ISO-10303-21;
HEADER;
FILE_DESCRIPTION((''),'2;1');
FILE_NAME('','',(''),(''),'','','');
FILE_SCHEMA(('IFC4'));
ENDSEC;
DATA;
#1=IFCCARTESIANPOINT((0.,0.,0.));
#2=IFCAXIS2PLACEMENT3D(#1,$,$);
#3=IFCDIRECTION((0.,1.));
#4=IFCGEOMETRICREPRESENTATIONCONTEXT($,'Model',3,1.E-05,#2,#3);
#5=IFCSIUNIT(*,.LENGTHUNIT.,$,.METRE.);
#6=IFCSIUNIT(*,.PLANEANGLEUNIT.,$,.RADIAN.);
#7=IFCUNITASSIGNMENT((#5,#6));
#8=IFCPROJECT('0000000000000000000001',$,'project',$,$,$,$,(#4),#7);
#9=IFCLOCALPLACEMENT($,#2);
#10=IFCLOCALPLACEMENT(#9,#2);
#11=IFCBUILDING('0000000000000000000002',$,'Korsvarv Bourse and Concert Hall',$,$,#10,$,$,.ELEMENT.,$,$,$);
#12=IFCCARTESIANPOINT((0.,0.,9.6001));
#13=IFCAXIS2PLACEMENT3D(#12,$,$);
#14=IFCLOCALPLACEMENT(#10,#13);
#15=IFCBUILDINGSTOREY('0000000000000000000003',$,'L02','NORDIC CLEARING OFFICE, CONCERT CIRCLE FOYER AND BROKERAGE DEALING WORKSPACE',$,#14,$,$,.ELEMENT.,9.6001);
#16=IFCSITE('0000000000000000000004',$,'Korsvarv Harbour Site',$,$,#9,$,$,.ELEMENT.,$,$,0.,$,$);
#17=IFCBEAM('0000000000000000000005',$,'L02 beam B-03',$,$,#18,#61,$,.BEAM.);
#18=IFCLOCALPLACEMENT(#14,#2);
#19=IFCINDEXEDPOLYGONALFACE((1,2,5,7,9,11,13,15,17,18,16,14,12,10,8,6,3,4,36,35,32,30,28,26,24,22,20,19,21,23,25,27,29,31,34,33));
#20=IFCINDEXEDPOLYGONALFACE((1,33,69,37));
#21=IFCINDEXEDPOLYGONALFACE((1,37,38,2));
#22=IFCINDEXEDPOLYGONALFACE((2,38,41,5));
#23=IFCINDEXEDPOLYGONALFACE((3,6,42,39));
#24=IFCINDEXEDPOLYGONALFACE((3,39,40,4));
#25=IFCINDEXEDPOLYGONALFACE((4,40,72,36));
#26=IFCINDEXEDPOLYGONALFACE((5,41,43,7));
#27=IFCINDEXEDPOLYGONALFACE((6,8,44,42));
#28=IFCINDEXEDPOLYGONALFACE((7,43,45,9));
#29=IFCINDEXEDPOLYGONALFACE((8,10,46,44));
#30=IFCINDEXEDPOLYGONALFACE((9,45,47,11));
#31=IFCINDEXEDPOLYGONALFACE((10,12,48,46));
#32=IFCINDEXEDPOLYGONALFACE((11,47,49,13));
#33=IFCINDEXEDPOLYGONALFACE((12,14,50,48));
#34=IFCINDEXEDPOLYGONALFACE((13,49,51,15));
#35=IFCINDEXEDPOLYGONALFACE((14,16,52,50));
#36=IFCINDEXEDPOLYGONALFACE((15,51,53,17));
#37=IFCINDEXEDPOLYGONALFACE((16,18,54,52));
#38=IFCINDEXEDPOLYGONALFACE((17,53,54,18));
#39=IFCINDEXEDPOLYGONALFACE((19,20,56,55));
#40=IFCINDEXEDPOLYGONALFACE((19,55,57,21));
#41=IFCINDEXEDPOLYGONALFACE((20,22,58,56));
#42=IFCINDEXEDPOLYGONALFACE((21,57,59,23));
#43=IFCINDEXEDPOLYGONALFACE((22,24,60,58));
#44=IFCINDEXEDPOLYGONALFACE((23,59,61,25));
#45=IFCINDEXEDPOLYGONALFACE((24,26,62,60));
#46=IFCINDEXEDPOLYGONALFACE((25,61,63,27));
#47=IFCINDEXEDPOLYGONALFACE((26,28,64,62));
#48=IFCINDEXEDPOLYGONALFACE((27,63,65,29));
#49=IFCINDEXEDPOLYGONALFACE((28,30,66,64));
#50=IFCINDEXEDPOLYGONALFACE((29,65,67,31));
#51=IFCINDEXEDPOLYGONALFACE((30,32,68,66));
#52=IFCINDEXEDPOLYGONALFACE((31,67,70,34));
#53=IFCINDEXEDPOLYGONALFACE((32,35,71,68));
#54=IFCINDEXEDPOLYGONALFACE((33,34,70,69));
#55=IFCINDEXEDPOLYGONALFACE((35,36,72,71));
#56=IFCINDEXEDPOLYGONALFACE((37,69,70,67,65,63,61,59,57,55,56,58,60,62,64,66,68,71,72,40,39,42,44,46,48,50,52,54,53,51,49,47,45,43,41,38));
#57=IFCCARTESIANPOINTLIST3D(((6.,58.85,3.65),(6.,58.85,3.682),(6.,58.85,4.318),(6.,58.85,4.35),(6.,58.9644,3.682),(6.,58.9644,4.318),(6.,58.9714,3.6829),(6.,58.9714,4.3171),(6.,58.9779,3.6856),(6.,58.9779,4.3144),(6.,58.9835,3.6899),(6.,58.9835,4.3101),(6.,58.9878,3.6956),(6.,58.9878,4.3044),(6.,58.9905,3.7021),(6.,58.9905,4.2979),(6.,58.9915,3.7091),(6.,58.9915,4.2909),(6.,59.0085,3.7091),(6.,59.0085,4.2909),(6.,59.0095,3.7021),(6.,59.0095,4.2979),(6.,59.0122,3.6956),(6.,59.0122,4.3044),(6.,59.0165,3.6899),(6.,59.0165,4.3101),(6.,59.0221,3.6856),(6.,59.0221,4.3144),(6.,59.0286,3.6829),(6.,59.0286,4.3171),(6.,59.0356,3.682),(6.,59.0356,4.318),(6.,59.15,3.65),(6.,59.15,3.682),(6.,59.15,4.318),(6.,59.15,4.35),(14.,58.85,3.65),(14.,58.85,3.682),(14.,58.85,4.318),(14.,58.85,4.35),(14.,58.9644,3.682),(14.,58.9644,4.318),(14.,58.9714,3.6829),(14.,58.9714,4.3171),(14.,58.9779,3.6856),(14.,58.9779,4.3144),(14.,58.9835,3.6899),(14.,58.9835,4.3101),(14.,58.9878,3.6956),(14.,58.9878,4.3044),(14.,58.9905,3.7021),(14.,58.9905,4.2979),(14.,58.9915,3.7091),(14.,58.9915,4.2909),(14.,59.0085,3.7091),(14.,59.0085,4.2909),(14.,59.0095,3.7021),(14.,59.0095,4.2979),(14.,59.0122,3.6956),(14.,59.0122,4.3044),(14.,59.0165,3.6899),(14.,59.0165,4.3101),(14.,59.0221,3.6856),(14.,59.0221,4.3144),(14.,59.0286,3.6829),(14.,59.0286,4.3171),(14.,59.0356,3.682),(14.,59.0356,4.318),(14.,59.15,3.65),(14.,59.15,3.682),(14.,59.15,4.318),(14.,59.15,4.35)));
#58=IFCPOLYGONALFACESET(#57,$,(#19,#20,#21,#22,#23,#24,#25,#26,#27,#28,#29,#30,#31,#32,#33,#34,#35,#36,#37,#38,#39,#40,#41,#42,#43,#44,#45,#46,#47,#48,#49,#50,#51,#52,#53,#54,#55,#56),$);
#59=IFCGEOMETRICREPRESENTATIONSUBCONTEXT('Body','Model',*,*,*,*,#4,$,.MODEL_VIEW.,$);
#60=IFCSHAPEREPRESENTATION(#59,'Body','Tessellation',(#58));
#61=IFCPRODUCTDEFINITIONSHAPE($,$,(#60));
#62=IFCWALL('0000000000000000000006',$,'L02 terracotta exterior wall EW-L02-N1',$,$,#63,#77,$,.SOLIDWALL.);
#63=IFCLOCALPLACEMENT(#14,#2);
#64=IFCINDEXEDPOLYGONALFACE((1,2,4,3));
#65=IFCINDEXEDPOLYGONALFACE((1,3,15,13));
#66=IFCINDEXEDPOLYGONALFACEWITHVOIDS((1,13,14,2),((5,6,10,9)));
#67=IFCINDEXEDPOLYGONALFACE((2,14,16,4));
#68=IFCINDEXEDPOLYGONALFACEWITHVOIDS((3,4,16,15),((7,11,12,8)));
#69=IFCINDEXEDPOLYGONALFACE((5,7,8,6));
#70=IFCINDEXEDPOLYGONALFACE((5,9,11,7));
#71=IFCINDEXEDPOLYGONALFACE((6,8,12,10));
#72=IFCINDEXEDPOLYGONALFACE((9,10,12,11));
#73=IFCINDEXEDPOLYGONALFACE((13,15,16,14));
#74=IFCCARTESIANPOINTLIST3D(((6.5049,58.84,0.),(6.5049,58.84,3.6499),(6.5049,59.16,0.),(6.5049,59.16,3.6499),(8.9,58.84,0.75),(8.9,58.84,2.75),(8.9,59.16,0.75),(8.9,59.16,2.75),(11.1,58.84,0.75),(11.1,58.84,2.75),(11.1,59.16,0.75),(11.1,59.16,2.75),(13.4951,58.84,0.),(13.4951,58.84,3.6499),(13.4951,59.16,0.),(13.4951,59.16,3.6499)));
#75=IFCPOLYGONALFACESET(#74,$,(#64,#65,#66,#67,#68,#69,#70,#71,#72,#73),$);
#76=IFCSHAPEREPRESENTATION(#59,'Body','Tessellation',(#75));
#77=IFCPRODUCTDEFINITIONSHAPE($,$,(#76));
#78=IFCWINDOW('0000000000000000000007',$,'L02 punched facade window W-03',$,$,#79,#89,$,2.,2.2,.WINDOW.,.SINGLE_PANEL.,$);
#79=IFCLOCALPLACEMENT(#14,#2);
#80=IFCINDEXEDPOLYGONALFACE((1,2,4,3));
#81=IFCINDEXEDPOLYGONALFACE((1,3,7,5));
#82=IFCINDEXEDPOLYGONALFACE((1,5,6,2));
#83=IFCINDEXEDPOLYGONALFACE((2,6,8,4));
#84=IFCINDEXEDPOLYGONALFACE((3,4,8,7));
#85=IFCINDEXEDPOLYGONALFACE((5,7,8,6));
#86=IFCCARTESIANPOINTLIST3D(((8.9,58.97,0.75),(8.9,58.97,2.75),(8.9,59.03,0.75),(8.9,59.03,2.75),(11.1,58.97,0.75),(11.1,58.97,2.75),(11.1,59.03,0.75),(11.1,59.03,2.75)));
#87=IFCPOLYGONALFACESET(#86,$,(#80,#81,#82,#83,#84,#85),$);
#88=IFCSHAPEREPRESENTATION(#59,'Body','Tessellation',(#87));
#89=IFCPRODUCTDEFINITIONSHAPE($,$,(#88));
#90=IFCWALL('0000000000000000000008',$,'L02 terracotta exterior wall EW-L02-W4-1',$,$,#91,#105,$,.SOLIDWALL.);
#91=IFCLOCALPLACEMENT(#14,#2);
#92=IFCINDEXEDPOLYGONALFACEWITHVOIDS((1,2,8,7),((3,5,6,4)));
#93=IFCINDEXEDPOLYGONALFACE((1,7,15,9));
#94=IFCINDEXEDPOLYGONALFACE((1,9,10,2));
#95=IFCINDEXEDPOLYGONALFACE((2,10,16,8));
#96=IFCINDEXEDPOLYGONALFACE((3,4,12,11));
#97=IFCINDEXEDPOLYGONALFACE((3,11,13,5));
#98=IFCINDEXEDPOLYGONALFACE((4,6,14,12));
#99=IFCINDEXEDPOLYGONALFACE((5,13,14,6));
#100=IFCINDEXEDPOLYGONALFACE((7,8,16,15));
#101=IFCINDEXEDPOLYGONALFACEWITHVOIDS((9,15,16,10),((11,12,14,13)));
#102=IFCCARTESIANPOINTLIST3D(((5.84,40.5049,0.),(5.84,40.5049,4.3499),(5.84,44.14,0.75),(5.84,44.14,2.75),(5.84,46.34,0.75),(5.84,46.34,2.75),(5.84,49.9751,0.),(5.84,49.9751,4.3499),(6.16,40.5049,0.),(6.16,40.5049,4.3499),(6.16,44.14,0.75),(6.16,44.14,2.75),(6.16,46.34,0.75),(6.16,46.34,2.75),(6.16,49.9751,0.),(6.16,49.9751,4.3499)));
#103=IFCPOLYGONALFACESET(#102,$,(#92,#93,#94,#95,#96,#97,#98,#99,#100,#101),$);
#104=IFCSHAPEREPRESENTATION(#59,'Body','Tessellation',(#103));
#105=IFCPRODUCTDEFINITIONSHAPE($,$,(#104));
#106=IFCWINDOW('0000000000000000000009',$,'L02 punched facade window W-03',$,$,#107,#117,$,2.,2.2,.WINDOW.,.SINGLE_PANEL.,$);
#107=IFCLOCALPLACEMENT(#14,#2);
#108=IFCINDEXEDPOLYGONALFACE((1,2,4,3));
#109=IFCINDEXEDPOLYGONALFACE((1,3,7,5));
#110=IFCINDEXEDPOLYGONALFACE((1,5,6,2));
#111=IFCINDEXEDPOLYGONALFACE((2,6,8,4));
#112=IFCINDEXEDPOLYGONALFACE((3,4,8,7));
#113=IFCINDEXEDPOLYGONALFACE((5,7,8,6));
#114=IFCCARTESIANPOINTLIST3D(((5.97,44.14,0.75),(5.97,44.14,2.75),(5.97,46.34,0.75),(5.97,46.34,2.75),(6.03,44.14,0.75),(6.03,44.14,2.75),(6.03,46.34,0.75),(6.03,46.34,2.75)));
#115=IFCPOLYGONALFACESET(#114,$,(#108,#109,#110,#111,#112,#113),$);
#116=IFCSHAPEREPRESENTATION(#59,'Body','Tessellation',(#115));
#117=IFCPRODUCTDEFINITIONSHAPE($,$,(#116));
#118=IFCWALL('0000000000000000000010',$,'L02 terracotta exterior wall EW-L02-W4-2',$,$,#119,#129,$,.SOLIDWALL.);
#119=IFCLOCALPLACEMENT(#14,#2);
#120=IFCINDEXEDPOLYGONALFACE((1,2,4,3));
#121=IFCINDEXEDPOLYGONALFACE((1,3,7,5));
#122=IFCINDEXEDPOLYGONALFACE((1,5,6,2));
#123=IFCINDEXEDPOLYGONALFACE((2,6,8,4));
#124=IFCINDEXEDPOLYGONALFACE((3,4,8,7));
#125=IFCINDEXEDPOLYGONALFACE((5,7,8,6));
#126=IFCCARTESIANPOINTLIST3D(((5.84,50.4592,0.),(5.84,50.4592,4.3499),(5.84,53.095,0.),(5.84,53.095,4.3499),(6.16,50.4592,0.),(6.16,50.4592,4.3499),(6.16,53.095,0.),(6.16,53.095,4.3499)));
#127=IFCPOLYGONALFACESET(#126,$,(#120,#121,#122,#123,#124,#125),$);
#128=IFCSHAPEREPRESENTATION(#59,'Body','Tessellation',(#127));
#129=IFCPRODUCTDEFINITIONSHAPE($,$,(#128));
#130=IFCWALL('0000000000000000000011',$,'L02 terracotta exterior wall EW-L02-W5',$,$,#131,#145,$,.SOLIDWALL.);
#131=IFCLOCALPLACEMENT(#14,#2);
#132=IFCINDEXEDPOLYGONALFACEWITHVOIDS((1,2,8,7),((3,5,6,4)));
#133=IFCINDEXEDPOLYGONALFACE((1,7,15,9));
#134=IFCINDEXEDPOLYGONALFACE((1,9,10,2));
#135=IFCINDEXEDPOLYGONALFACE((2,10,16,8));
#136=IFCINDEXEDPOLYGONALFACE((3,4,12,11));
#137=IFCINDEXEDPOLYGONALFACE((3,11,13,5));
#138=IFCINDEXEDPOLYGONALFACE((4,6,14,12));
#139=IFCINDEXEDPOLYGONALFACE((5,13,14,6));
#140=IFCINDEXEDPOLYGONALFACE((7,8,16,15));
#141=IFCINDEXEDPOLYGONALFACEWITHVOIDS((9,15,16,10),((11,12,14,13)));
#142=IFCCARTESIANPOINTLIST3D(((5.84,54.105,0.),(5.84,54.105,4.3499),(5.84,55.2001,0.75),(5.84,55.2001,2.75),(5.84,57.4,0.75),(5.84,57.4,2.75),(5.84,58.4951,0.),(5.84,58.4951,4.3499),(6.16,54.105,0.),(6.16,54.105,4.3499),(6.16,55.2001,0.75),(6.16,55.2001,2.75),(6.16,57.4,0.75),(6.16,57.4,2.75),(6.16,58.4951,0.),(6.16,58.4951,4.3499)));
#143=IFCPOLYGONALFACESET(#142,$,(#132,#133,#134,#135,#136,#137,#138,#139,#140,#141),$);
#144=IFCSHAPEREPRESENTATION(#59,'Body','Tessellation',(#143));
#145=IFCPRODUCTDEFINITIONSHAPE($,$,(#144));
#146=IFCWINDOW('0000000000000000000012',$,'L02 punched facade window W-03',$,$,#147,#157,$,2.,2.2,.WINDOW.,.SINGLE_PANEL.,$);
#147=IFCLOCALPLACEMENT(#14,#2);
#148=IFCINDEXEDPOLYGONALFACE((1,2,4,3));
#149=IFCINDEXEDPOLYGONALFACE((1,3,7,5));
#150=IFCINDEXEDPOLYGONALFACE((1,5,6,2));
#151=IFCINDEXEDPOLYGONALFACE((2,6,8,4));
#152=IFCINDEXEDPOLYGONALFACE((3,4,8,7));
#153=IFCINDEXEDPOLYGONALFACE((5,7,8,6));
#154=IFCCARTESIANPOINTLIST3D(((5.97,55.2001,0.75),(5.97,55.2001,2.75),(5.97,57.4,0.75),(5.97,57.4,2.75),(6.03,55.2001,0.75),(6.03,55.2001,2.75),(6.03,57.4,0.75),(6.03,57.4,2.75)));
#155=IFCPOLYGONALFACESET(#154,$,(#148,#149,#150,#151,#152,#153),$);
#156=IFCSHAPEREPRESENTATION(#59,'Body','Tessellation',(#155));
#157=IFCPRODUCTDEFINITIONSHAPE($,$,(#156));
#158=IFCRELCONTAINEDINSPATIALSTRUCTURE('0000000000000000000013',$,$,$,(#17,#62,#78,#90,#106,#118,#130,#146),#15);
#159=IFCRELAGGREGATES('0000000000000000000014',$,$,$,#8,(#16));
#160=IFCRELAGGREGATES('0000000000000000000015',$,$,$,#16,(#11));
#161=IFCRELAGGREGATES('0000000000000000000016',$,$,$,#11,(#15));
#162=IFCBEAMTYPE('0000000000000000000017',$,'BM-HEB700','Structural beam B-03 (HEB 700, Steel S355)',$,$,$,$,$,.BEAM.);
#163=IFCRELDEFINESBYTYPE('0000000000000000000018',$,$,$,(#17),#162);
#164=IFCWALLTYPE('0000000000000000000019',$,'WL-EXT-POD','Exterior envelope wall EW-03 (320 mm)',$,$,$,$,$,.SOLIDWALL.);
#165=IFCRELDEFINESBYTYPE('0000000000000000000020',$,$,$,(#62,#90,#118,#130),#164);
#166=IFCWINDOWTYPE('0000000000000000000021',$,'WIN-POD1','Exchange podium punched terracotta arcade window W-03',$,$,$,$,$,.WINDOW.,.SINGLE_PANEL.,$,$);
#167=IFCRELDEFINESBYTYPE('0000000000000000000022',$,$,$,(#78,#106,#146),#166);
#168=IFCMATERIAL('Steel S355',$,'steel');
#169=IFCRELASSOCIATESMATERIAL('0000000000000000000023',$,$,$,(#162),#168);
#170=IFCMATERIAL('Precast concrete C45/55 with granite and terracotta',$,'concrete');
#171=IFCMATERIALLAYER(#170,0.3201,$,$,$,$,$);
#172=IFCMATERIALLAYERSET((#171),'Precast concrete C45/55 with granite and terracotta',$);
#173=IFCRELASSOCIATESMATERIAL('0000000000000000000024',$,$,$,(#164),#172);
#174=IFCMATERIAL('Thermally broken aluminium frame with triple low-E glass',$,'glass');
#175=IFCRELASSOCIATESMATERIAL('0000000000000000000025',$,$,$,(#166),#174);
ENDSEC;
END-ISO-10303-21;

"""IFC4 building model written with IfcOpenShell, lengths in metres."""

from ifc_helpers import new_model, si_unit, direction, frame, frame_2d, origin, origin_2d, place, context, subcontext, project, spatial, rectangle, i_section, extrude, source, transform, mapped, material, layer, layer_set, material_profile, profile_set, type_object, element, fill, save


model = new_model("IFC4")

# Units and contexts
model_context = context("Model", 3, precision=1e-05, world=origin(), true_north=direction((0.0, 1.0)))
body_context = subcontext(model_context, "Body", "Model", "MODEL_VIEW")
ifc_project = project(units=[si_unit("LENGTHUNIT", "METRE"), si_unit("PLANEANGLEUNIT", "RADIAN")], contexts=[model_context])

# Site, building, storey
site_placement = place(None, origin())
site = spatial("IfcSite", under=ifc_project, at=site_placement, Name="Korsvarv Harbour Site", CompositionType="ELEMENT", RefElevation=0.0)
building_placement = place(site_placement, origin())
building = spatial("IfcBuilding", under=site, at=building_placement, Name="Korsvarv Bourse and Concert Hall", CompositionType="ELEMENT")
storey_placement = place(building_placement, frame((0.0, 0.0, 9.6001)))
storey = spatial("IfcBuildingStorey", under=building, at=storey_placement, Name="L02", Description="NORDIC CLEARING OFFICE, CONCERT CIRCLE FOYER AND BROKERAGE DEALING WORKSPACE", CompositionType="ELEMENT", Elevation=9.6001)

# Beam
ifc_material_1 = material(Name="Steel S355", Category="steel")
ifc_material_profile_1 = material_profile(ifc_material_1, i_section(OverallWidth=0.3, OverallDepth=0.7, WebThickness=0.0171, FlangeThickness=0.032, FilletRadius=0.0271, at=origin_2d()), Name="HEB 700")
ifc_profile_set_1 = profile_set([ifc_material_profile_1], Name="Steel S355")
beam_type = type_object("IfcBeamType", Name="BM-HEB700", Description="Structural beam B-03 (HEB 700, Steel S355)", PredefinedType="BEAM", material=ifc_profile_set_1)
shared_shape_1 = source(origin(), body_context, "Body", "SweptSolid", [
    extrude(i_section(OverallWidth=0.3, OverallDepth=0.7, WebThickness=0.0171, FlangeThickness=0.032, FilletRadius=0.0271, at=origin_2d()), origin(), (0.0, 0.0, 1.0), 8.0),
])
beam_placement = place(storey_placement, frame((6.0, 59.0, 4.0), z_axis=(1.0, 0.0, 0.0), x_axis=(0.0, 1.0, 0.0)))
element("IfcBeam", 1, at=beam_placement, inside=storey, type_object=beam_type, Name="L02 beam B-03", PredefinedType="BEAM", context=body_context, shape_type="MappedRepresentation", body=[
    mapped(shared_shape_1, transform((0.0, 0.0, 0.0), scale=1.0)),
])

# Walls, openings, windows
ifc_material_2 = material(Name="Precast concrete C45/55 with granite and terracotta", Category="concrete")
ifc_layer_1 = layer(ifc_material_2, 0.3201)
ifc_layer_set_1 = layer_set([ifc_layer_1], Name="Precast concrete C45/55 with granite and terracotta")
wall_type_1 = type_object("IfcWallType", Name="WL-EXT-POD", Description="Exterior envelope wall EW-03 (320 mm)", PredefinedType="SOLIDWALL", material=ifc_layer_set_1)
wall_1_placement = place(storey_placement, frame((6.5049, 59.0, 0.0), z_axis=(0.0, 0.0, 1.0), x_axis=(1.0, 0.0, 0.0)))
wall_1 = element("IfcWall", 2, at=wall_1_placement, inside=storey, type_object=wall_type_1, Name="L02 terracotta exterior wall EW-L02-N1", PredefinedType="SOLIDWALL", context=body_context, shape_type="SweptSolid", body=[
    extrude(rectangle(XDim=6.9902, YDim=0.3201, at=frame_2d((3.4951, 0.0))), origin(), (0.0, 0.0, 1.0), 3.6499),
])
opening_1_placement = place(wall_1_placement, frame((2.395, 0.0, 0.75)))
opening_1 = element("IfcOpeningElement", 3, at=opening_1_placement, cuts=wall_1, PredefinedType="OPENING", context=body_context, shape_type="SweptSolid", body=[
    extrude(rectangle(XDim=2.2, YDim=2.0, at=frame_2d((1.1001, 1.0))), frame((0.0, 0.1699, 0.0), z_axis=(0.0, -1.0, 0.0), x_axis=(1.0, 0.0, 0.0)), (0.0, 0.0, 1.0), 0.3401),
])
ifc_material_3 = material(Name="Thermally broken aluminium frame with triple low-E glass", Category="glass")
window_type = type_object("IfcWindowType", Name="WIN-POD1", Description="Exchange podium punched terracotta arcade window W-03", PartitioningType="SINGLE_PANEL", PredefinedType="WINDOW", material=ifc_material_3)
window_1_placement = place(opening_1_placement, origin())
window_1 = element("IfcWindow", 4, at=window_1_placement, inside=storey, type_object=window_type, Name="L02 punched facade window W-03", OverallHeight=2.0, OverallWidth=2.2, PartitioningType="SINGLE_PANEL", PredefinedType="WINDOW", context=body_context, shape_type="SweptSolid", body=[
    extrude(rectangle(XDim=2.2, YDim=2.0, at=frame_2d((1.1001, 1.0))), frame((0.0, 0.03, 0.0), z_axis=(0.0, -1.0, 0.0), x_axis=(1.0, 0.0, 0.0)), (0.0, 0.0, 1.0), 0.0601),
])
fill(opening_1, window_1)
wall_2_placement = place(storey_placement, frame((6.0, 40.5049, 0.0), z_axis=(0.0, 0.0, 1.0), x_axis=(0.0, 1.0, 0.0)))
wall_2 = element("IfcWall", 5, at=wall_2_placement, inside=storey, type_object=wall_type_1, Name="L02 terracotta exterior wall EW-L02-W4-1", PredefinedType="SOLIDWALL", context=body_context, shape_type="SweptSolid", body=[
    extrude(rectangle(XDim=9.4702, YDim=0.3201, at=frame_2d((4.7351, 0.0))), origin(), (0.0, 0.0, 1.0), 4.3499),
])
opening_2_placement = place(wall_2_placement, frame((3.635, 0.0, 0.75)))
opening_2 = element("IfcOpeningElement", 6, at=opening_2_placement, cuts=wall_2, PredefinedType="OPENING", context=body_context, shape_type="SweptSolid", body=[
    extrude(rectangle(XDim=2.2, YDim=2.0, at=frame_2d((1.1001, 1.0))), frame((0.0, 0.1699, 0.0), z_axis=(0.0, -1.0, 0.0), x_axis=(1.0, 0.0, 0.0)), (0.0, 0.0, 1.0), 0.3401),
])
window_2_placement = place(opening_2_placement, origin())
window_2 = element("IfcWindow", 7, at=window_2_placement, inside=storey, type_object=window_type, Name="L02 punched facade window W-03", OverallHeight=2.0, OverallWidth=2.2, PartitioningType="SINGLE_PANEL", PredefinedType="WINDOW", context=body_context, shape_type="SweptSolid", body=[
    extrude(rectangle(XDim=2.2, YDim=2.0, at=frame_2d((1.1001, 1.0))), frame((0.0, 0.03, 0.0), z_axis=(0.0, -1.0, 0.0), x_axis=(1.0, 0.0, 0.0)), (0.0, 0.0, 1.0), 0.0601),
])
fill(opening_2, window_2)

# Wall
wall_3_placement = place(storey_placement, frame((6.0, 50.4592, 0.0), z_axis=(0.0, 0.0, 1.0), x_axis=(0.0, 1.0, 0.0)))
element("IfcWall", 8, at=wall_3_placement, inside=storey, type_object=wall_type_1, Name="L02 terracotta exterior wall EW-L02-W4-2", PredefinedType="SOLIDWALL", context=body_context, shape_type="SweptSolid", body=[
    extrude(rectangle(XDim=2.6357, YDim=0.3201, at=frame_2d((1.3179, 0.0))), origin(), (0.0, 0.0, 1.0), 4.3499),
])

# Wall, opening, window
wall_4_placement = place(storey_placement, frame((6.0, 54.105, 0.0), z_axis=(0.0, 0.0, 1.0), x_axis=(0.0, 1.0, 0.0)))
wall_4 = element("IfcWall", 9, at=wall_4_placement, inside=storey, type_object=wall_type_1, Name="L02 terracotta exterior wall EW-L02-W5", PredefinedType="SOLIDWALL", context=body_context, shape_type="SweptSolid", body=[
    extrude(rectangle(XDim=4.3901, YDim=0.3201, at=frame_2d((2.1951, 0.0))), origin(), (0.0, 0.0, 1.0), 4.3499),
])
opening_3_placement = place(wall_4_placement, frame((1.095, 0.0, 0.75)))
opening_3 = element("IfcOpeningElement", 10, at=opening_3_placement, cuts=wall_4, PredefinedType="OPENING", context=body_context, shape_type="SweptSolid", body=[
    extrude(rectangle(XDim=2.2, YDim=2.0, at=frame_2d((1.1001, 1.0))), frame((0.0, 0.1699, 0.0), z_axis=(0.0, -1.0, 0.0), x_axis=(1.0, 0.0, 0.0)), (0.0, 0.0, 1.0), 0.3401),
])
window_3_placement = place(opening_3_placement, origin())
window_3 = element("IfcWindow", 11, at=window_3_placement, inside=storey, type_object=window_type, Name="L02 punched facade window W-03", OverallHeight=2.0, OverallWidth=2.2, PartitioningType="SINGLE_PANEL", PredefinedType="WINDOW", context=body_context, shape_type="SweptSolid", body=[
    extrude(rectangle(XDim=2.2, YDim=2.0, at=frame_2d((1.1001, 1.0))), frame((0.0, 0.03, 0.0), z_axis=(0.0, -1.0, 0.0), x_axis=(1.0, 0.0, 0.0)), (0.0, 0.0, 1.0), 0.0601),
])
fill(opening_3, window_3)

save(model, "model.ifc")
